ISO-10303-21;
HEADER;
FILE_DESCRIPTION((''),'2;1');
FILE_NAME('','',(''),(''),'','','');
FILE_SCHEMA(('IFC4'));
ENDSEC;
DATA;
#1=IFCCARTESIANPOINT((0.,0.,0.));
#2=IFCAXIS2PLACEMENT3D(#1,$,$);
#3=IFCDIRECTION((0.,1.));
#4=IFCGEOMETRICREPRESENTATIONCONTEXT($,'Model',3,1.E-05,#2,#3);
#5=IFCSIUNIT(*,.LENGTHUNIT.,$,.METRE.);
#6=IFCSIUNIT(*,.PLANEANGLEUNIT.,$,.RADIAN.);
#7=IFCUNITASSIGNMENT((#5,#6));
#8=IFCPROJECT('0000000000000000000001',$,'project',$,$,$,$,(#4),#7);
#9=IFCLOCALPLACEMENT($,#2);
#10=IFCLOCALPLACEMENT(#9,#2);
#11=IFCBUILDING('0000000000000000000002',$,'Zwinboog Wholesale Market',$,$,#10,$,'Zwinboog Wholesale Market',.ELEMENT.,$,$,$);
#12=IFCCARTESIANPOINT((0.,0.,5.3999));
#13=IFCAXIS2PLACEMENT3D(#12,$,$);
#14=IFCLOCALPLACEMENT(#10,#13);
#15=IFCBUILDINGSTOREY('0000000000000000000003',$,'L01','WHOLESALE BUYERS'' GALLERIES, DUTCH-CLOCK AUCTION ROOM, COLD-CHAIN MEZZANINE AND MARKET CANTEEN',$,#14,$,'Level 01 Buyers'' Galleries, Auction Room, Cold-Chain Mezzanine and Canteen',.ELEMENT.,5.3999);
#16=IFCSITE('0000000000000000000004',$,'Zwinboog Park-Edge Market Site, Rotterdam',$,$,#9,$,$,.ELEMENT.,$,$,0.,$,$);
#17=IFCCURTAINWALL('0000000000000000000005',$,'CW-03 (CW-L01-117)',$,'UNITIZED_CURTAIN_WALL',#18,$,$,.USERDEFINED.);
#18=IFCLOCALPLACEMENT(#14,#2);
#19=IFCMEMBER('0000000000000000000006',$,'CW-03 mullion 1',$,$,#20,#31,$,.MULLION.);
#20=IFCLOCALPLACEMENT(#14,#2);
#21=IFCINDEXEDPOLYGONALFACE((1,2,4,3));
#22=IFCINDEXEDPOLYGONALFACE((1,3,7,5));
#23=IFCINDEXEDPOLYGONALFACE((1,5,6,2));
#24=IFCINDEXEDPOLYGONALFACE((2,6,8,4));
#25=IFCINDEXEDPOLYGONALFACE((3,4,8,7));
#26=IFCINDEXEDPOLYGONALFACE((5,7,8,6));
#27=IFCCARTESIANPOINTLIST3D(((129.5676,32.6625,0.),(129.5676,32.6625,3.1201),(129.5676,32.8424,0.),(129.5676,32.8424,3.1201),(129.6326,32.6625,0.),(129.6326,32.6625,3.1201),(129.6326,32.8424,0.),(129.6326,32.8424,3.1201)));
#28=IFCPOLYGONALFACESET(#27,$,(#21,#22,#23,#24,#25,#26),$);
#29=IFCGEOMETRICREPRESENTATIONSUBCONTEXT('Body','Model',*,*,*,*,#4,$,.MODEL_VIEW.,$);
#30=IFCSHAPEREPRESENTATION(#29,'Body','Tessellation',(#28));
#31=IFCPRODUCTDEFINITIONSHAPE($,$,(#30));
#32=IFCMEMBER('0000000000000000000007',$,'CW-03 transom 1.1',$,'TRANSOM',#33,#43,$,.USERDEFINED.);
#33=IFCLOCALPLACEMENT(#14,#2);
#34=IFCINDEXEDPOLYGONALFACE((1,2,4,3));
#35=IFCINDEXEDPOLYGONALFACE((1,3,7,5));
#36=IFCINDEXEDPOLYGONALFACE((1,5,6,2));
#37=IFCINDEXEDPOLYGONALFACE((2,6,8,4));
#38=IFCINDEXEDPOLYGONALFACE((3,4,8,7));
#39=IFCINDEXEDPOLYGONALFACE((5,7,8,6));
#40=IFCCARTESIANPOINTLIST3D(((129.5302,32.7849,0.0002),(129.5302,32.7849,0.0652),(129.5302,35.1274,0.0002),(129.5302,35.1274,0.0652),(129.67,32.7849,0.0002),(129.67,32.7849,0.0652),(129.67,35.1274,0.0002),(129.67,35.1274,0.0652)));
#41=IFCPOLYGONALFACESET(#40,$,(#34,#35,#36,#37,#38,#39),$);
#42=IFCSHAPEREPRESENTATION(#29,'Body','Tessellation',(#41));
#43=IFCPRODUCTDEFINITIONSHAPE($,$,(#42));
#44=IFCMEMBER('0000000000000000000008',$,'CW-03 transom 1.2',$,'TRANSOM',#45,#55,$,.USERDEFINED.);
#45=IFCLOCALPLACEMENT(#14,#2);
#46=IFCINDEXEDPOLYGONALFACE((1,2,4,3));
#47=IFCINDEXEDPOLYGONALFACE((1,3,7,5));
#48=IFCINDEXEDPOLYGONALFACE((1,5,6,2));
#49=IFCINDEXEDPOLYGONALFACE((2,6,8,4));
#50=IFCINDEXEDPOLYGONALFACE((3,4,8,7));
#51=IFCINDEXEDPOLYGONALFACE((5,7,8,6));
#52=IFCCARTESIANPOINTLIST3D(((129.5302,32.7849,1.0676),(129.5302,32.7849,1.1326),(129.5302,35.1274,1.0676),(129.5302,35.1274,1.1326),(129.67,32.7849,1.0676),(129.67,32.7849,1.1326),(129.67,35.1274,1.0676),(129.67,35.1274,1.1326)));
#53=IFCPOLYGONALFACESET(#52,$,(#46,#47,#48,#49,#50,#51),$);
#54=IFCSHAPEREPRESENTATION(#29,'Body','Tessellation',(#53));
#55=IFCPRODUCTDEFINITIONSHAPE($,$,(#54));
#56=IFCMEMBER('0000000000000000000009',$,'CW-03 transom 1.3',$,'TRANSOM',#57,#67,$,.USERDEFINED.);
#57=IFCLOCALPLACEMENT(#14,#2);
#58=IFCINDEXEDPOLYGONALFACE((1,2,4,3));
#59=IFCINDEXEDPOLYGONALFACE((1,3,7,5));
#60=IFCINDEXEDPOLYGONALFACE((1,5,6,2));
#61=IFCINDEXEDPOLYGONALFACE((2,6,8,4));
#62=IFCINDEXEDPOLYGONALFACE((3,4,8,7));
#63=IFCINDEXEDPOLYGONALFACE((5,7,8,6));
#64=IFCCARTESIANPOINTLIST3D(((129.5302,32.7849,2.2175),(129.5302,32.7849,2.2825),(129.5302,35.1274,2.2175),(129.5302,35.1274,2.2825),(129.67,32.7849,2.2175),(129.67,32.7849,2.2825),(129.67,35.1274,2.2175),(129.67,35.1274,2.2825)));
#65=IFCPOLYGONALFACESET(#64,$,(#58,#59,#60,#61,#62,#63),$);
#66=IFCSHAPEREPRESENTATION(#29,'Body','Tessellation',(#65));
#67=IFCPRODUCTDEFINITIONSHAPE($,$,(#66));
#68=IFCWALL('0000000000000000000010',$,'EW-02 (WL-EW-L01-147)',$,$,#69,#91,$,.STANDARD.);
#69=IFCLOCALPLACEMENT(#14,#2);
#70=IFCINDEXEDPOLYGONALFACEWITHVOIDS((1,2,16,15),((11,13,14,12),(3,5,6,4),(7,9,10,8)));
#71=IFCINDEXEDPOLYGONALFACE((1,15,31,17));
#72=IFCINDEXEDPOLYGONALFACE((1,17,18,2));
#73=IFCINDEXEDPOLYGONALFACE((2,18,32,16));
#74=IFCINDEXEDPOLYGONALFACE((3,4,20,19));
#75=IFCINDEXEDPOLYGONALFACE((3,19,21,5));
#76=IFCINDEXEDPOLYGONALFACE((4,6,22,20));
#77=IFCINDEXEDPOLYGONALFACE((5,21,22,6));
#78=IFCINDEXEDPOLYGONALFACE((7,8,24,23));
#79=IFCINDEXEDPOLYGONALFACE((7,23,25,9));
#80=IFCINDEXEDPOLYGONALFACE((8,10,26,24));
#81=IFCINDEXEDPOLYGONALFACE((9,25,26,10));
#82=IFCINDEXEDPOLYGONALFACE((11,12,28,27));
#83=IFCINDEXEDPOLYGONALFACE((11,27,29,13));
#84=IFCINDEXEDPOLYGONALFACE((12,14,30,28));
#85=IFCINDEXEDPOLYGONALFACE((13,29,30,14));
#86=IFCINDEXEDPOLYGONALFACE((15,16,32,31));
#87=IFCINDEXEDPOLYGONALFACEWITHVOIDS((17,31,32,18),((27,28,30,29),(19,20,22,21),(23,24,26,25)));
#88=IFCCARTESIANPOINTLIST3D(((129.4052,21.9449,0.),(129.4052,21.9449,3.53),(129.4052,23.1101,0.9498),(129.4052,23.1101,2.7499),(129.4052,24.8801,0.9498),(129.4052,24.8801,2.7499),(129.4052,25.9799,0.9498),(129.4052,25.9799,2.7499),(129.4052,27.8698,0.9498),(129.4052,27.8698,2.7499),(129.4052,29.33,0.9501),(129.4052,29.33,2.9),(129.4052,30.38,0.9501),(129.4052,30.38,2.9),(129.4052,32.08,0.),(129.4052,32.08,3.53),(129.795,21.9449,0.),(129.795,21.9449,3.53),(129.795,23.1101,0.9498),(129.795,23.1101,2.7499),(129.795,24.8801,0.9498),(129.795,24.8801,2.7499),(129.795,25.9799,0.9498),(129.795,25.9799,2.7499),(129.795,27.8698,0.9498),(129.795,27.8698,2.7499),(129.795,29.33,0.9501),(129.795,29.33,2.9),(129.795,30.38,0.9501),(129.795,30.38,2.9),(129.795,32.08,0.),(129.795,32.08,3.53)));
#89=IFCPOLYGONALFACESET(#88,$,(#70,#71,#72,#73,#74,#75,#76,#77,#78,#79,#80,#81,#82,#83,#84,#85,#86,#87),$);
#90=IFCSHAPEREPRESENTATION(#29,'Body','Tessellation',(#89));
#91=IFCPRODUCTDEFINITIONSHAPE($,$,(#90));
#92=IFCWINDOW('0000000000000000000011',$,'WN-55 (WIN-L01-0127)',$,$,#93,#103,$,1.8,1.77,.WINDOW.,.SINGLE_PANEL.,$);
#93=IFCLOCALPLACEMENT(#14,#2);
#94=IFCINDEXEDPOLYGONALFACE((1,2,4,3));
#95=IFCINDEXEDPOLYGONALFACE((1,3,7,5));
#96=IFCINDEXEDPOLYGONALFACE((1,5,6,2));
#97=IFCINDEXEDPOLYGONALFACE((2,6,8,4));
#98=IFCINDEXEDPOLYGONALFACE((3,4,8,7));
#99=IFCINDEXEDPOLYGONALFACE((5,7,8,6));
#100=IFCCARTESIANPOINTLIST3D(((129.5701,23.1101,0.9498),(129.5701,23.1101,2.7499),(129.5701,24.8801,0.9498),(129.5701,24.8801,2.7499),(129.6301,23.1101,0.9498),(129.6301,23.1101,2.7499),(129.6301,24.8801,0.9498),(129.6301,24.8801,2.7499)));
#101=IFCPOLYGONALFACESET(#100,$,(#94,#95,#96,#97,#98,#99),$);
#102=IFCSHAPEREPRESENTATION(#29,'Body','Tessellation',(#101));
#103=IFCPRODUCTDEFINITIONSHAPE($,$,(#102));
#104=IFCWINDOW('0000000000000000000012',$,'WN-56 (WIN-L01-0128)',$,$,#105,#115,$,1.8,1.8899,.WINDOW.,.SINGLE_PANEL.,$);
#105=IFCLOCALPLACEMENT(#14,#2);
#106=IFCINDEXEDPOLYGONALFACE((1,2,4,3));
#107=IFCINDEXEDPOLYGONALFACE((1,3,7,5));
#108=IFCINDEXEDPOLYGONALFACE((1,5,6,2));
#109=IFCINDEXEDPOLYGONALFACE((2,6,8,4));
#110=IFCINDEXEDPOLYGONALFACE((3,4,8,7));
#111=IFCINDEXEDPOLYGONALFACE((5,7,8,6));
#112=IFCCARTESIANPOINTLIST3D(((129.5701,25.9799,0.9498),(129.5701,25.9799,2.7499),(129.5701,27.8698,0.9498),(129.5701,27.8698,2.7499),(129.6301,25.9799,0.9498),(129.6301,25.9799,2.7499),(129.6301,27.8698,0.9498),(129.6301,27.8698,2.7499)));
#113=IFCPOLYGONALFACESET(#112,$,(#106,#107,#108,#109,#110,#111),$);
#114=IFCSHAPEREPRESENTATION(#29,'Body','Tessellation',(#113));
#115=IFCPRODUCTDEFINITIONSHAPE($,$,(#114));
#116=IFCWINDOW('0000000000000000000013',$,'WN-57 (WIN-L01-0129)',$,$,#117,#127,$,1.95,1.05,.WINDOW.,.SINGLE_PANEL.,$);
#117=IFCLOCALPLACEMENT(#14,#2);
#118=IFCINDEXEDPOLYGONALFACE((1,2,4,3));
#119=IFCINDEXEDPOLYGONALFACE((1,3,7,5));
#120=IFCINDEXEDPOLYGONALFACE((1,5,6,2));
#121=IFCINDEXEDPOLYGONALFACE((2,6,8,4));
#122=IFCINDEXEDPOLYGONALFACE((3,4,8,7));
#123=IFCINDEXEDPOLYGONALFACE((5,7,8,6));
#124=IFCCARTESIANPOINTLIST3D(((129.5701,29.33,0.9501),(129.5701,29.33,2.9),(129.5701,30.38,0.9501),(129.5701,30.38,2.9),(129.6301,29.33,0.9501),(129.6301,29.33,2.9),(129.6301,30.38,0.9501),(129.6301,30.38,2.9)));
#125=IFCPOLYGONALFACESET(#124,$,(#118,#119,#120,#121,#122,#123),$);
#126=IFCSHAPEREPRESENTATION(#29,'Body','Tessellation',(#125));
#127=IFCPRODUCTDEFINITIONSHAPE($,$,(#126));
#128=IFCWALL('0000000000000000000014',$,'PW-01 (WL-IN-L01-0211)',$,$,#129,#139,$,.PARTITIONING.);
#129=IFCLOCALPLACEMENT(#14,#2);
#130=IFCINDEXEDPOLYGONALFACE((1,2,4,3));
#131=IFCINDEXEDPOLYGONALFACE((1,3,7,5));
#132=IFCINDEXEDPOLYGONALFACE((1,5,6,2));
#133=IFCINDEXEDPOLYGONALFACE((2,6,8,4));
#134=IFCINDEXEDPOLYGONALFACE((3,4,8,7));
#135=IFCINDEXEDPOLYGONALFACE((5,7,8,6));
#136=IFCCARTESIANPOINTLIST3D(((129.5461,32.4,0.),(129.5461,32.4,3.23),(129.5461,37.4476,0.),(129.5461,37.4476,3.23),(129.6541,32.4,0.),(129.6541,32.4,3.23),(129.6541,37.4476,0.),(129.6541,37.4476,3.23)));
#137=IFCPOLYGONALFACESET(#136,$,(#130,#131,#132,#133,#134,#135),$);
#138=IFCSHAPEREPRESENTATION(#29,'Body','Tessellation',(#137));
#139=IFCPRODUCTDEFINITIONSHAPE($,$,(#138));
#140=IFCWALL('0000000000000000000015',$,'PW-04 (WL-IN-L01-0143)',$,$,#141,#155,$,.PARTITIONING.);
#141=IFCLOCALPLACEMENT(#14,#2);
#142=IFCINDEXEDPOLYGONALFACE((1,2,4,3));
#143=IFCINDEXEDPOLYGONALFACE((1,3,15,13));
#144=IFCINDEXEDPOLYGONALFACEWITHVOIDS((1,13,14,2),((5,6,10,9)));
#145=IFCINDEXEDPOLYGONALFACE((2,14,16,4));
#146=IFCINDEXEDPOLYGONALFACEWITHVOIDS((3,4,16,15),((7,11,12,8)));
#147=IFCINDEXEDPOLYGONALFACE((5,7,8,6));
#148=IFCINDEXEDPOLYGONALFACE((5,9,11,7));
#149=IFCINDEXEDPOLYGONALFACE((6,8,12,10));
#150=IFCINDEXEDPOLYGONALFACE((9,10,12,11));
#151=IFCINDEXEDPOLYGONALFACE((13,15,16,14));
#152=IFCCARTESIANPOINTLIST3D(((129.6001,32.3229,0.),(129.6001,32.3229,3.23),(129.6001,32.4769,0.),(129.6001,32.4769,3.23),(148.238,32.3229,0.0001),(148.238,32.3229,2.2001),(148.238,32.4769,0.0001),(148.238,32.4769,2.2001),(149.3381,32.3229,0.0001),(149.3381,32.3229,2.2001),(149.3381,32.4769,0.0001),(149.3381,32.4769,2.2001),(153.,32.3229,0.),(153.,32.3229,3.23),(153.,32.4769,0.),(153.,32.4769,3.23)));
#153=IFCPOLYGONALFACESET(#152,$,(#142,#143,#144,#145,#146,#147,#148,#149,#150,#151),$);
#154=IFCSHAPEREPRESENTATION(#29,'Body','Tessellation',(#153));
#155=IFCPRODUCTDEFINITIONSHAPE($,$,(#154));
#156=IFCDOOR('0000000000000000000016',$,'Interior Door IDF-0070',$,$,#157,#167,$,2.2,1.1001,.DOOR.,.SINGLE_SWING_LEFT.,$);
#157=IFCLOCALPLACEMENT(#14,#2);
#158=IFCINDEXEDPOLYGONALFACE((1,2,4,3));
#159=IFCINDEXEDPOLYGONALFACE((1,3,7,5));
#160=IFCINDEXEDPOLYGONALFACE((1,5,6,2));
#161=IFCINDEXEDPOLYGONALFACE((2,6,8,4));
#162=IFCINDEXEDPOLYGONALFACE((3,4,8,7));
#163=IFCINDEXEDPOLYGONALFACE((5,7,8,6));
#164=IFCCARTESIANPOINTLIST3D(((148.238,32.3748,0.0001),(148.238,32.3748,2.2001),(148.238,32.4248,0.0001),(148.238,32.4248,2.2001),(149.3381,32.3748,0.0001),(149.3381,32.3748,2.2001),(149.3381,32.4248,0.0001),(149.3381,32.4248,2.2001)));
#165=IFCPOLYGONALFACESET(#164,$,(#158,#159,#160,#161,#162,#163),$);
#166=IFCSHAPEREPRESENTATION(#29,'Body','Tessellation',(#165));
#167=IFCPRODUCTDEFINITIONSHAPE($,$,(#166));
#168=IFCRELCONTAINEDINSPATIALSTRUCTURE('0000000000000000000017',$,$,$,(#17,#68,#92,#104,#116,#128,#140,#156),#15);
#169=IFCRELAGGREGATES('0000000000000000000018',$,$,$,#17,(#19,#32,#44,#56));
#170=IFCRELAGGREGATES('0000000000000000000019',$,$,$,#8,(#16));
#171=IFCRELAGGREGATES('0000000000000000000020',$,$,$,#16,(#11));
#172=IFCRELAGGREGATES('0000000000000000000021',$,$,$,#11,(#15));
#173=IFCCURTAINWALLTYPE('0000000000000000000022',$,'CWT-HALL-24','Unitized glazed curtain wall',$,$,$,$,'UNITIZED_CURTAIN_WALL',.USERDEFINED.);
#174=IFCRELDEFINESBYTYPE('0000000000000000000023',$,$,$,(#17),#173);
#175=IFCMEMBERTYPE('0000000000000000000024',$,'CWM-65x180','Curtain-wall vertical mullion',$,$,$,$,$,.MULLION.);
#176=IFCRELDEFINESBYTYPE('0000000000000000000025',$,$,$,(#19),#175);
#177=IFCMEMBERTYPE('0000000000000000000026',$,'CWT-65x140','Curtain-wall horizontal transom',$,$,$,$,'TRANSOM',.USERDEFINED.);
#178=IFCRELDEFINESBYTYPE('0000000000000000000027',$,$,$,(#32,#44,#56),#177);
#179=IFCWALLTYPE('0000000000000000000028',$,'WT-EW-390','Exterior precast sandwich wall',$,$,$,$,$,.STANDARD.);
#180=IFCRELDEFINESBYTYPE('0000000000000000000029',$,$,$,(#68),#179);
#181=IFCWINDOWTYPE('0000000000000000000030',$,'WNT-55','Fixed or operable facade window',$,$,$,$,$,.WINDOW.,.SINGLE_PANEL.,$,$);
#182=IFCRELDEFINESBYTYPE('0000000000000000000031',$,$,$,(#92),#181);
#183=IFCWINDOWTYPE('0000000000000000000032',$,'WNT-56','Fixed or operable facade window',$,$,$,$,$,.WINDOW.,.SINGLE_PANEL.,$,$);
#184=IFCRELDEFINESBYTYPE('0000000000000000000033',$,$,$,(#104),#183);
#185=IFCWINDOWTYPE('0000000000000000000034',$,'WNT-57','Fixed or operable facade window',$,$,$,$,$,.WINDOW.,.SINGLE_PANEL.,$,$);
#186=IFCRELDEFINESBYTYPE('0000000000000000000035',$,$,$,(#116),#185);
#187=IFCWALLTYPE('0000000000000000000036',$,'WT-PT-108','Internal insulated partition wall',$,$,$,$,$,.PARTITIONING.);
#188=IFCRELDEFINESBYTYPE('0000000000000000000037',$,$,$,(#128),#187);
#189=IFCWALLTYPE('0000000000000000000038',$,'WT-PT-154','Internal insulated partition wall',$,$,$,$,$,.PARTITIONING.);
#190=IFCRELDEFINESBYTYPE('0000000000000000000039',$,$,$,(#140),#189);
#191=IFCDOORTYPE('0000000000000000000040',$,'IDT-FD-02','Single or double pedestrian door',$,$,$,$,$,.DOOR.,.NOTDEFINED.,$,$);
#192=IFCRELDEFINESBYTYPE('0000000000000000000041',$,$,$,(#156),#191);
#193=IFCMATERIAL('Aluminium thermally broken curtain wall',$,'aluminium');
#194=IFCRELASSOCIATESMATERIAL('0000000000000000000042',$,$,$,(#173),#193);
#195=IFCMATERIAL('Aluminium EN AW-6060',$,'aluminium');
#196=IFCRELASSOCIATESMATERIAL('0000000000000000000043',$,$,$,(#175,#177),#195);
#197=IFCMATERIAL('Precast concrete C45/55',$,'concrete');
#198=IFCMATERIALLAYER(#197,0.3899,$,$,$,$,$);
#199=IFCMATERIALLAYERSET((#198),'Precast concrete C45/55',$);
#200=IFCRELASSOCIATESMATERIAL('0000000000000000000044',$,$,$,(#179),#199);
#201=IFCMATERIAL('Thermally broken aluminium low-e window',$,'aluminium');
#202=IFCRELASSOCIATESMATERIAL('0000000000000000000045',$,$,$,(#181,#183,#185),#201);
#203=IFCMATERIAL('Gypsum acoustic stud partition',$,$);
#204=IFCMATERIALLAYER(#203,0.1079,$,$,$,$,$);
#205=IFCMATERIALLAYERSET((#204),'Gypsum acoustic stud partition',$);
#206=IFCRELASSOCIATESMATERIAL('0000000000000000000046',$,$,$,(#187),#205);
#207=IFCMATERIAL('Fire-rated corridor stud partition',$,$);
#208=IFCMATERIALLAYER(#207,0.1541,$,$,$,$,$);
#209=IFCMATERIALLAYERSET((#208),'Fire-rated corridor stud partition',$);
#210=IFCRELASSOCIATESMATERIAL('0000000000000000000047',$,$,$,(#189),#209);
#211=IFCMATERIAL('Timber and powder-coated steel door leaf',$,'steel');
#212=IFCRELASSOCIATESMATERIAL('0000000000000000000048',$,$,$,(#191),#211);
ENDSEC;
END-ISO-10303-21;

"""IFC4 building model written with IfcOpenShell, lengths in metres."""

from ifc_helpers import new_model, si_unit, direction, frame, frame_2d, origin, origin_2d, place, context, subcontext, project, spatial, rectangle, extrude, material, layer, layer_set, material_profile, profile_set, type_object, element, fill, aggregate, save


model = new_model("IFC4")

# Units and contexts
model_context = context("Model", 3, precision=1e-05, world=origin(), true_north=direction((0.0, 1.0)))
body_context = subcontext(model_context, "Body", "Model", "MODEL_VIEW")
ifc_project = project(units=[si_unit("LENGTHUNIT", "METRE"), si_unit("PLANEANGLEUNIT", "RADIAN")], contexts=[model_context])

# Site, building, storey
site_placement = place(None, origin())
site = spatial("IfcSite", under=ifc_project, at=site_placement, Name="Zwinboog Park-Edge Market Site, Rotterdam", CompositionType="ELEMENT", RefElevation=0.0)
building_placement = place(site_placement, origin())
building = spatial("IfcBuilding", under=site, at=building_placement, Name="Zwinboog Wholesale Market", LongName="Zwinboog Wholesale Market", CompositionType="ELEMENT")
storey_placement = place(building_placement, frame((0.0, 0.0, 5.3999)))
storey = spatial("IfcBuildingStorey", under=building, at=storey_placement, Name="L01", Description="WHOLESALE BUYERS' GALLERIES, DUTCH-CLOCK AUCTION ROOM, COLD-CHAIN MEZZANINE AND MARKET CANTEEN", LongName="Level 01 Buyers' Galleries, Auction Room, Cold-Chain Mezzanine and Canteen", CompositionType="ELEMENT", Elevation=5.3999)

# Shared definitions
ifc_material_1 = material(Name="Precast concrete C45/55", Category="concrete")

# Curtain wall, members
ifc_material_2 = material(Name="Aluminium thermally broken curtain wall", Category="aluminium")
curtain_wall_type = type_object("IfcCurtainWallType", Name="CWT-HALL-24", Description="Unitized glazed curtain wall", ElementType="UNITIZED_CURTAIN_WALL", PredefinedType="USERDEFINED", material=ifc_material_2)
curtain_wall_placement = place(storey_placement, origin())
curtain_wall = element("IfcCurtainWall", 1, at=curtain_wall_placement, inside=storey, type_object=curtain_wall_type, Name="CW-03 (CW-L01-117)", ObjectType="UNITIZED_CURTAIN_WALL", PredefinedType="USERDEFINED")
ifc_material_3 = material(Name="Aluminium EN AW-6060", Category="aluminium")
ifc_material_profile_1 = material_profile(ifc_material_3, rectangle(XDim=0.0649, YDim=0.1799, at=origin_2d()), Name="AL 65x180")
ifc_profile_set_1 = profile_set([ifc_material_profile_1], Name="Aluminium EN AW-6060")
member_type_1 = type_object("IfcMemberType", Name="CWM-65x180", Description="Curtain-wall vertical mullion", PredefinedType="MULLION", material=ifc_profile_set_1)
member_1_placement = place(storey_placement, frame((129.6001, 32.7524, 0.0), z_axis=(0.0, 0.0, 1.0), x_axis=(-1.0, 0.0, 0.0)))
member_1 = element("IfcMember", 2, at=member_1_placement, type_object=member_type_1, Name="CW-03 mullion 1", PredefinedType="MULLION", context=body_context, shape_type="SweptSolid", body=[
    extrude(rectangle(XDim=0.0649, YDim=0.1799, at=origin_2d()), origin(), (0.0, 0.0, 1.0), 3.1201),
])
ifc_material_profile_2 = material_profile(ifc_material_3, rectangle(XDim=0.1399, YDim=0.0649, at=origin_2d()), Name="AL 65x140")
ifc_profile_set_2 = profile_set([ifc_material_profile_2], Name="Aluminium EN AW-6060")
member_type_2 = type_object("IfcMemberType", Name="CWT-65x140", Description="Curtain-wall horizontal transom", ElementType="TRANSOM", PredefinedType="USERDEFINED", material=ifc_profile_set_2)
member_2_placement = place(storey_placement, frame((129.6001, 32.7849, 0.0327), z_axis=(0.0, 1.0, 0.0), x_axis=(-1.0, 0.0, 0.0)))
member_2 = element("IfcMember", 3, at=member_2_placement, type_object=member_type_2, Name="CW-03 transom 1.1", ObjectType="TRANSOM", PredefinedType="USERDEFINED", context=body_context, shape_type="SweptSolid", body=[
    extrude(rectangle(XDim=0.1399, YDim=0.0649, at=origin_2d()), origin(), (0.0, 0.0, 1.0), 2.3425),
])
member_3_placement = place(storey_placement, frame((129.6001, 32.7849, 1.1001), z_axis=(0.0, 1.0, 0.0), x_axis=(-1.0, 0.0, 0.0)))
member_3 = element("IfcMember", 4, at=member_3_placement, type_object=member_type_2, Name="CW-03 transom 1.2", ObjectType="TRANSOM", PredefinedType="USERDEFINED", context=body_context, shape_type="SweptSolid", body=[
    extrude(rectangle(XDim=0.1399, YDim=0.0649, at=origin_2d()), origin(), (0.0, 0.0, 1.0), 2.3425),
])
member_4_placement = place(storey_placement, frame((129.6001, 32.7849, 2.25), z_axis=(0.0, 1.0, 0.0), x_axis=(-1.0, 0.0, 0.0)))
member_4 = element("IfcMember", 5, at=member_4_placement, type_object=member_type_2, Name="CW-03 transom 1.3", ObjectType="TRANSOM", PredefinedType="USERDEFINED", context=body_context, shape_type="SweptSolid", body=[
    extrude(rectangle(XDim=0.1399, YDim=0.0649, at=origin_2d()), origin(), (0.0, 0.0, 1.0), 2.3425),
])
aggregate(curtain_wall, [member_1, member_2, member_3, member_4])

# Wall, openings, windows
ifc_layer_1 = layer(ifc_material_1, 0.3899)
ifc_layer_set_1 = layer_set([ifc_layer_1], Name="Precast concrete C45/55")
wall_type_1 = type_object("IfcWallType", Name="WT-EW-390", Description="Exterior precast sandwich wall", PredefinedType="STANDARD", material=ifc_layer_set_1)
wall_1_placement = place(storey_placement, frame((129.6001, 21.9451, 0.0), z_axis=(0.0, 0.0, 1.0), x_axis=(0.0, 1.0, 0.0)))
wall_1 = element("IfcWall", 6, at=wall_1_placement, inside=storey, type_object=wall_type_1, Name="EW-02 (WL-EW-L01-147)", PredefinedType="STANDARD", context=body_context, shape_type="SweptSolid", body=[
    extrude(rectangle(XDim=10.135, YDim=0.3899, at=frame_2d((5.0674, 0.0))), origin(), (0.0, 0.0, 1.0), 3.53),
])
opening_1_placement = place(wall_1_placement, frame((1.165, 0.0, 0.95)))
opening_1 = element("IfcOpeningElement", 7, at=opening_1_placement, cuts=wall_1, PredefinedType="OPENING", context=body_context, shape_type="SweptSolid", body=[
    extrude(rectangle(XDim=1.77, YDim=1.8, at=frame_2d((0.885, 0.8999))), frame((0.0, 0.2048, 0.0), z_axis=(0.0, -1.0, 0.0), x_axis=(1.0, 0.0, 0.0)), (0.0, 0.0, 1.0), 0.4099),
])
opening_2_placement = place(wall_1_placement, frame((4.0349, 0.0, 0.95)))
opening_2 = element("IfcOpeningElement", 8, at=opening_2_placement, cuts=wall_1, PredefinedType="OPENING", context=body_context, shape_type="SweptSolid", body=[
    extrude(rectangle(XDim=1.8899, YDim=1.8, at=frame_2d((0.9448, 0.8999))), frame((0.0, 0.2048, 0.0), z_axis=(0.0, -1.0, 0.0), x_axis=(1.0, 0.0, 0.0)), (0.0, 0.0, 1.0), 0.4099),
])
opening_3_placement = place(wall_1_placement, frame((7.385, 0.0, 0.95)))
opening_3 = element("IfcOpeningElement", 9, at=opening_3_placement, cuts=wall_1, PredefinedType="OPENING", context=body_context, shape_type="SweptSolid", body=[
    extrude(rectangle(XDim=1.05, YDim=1.95, at=frame_2d((0.5249, 0.9751))), frame((0.0, 0.2048, 0.0), z_axis=(0.0, -1.0, 0.0), x_axis=(1.0, 0.0, 0.0)), (0.0, 0.0, 1.0), 0.4099),
])
ifc_material_4 = material(Name="Thermally broken aluminium low-e window", Category="aluminium")
window_type_1 = type_object("IfcWindowType", Name="WNT-55", Description="Fixed or operable facade window", PartitioningType="SINGLE_PANEL", PredefinedType="WINDOW", material=ifc_material_4)
window_1_placement = place(opening_1_placement, origin())
window_1 = element("IfcWindow", 10, at=window_1_placement, inside=storey, type_object=window_type_1, Name="WN-55 (WIN-L01-0127)", OverallHeight=1.8, OverallWidth=1.77, PartitioningType="SINGLE_PANEL", PredefinedType="WINDOW", context=body_context, shape_type="SweptSolid", body=[
    extrude(rectangle(XDim=1.77, YDim=1.8, at=frame_2d((0.885, 0.8999))), frame((0.0, 0.03, 0.0), z_axis=(0.0, -1.0, 0.0), x_axis=(1.0, 0.0, 0.0)), (0.0, 0.0, 1.0), 0.0601),
])
fill(opening_1, window_1)
window_type_2 = type_object("IfcWindowType", Name="WNT-56", Description="Fixed or operable facade window", PartitioningType="SINGLE_PANEL", PredefinedType="WINDOW", material=ifc_material_4)
window_2_placement = place(opening_2_placement, origin())
window_2 = element("IfcWindow", 11, at=window_2_placement, inside=storey, type_object=window_type_2, Name="WN-56 (WIN-L01-0128)", OverallHeight=1.8, OverallWidth=1.8899, PartitioningType="SINGLE_PANEL", PredefinedType="WINDOW", context=body_context, shape_type="SweptSolid", body=[
    extrude(rectangle(XDim=1.8899, YDim=1.8, at=frame_2d((0.9448, 0.8999))), frame((0.0, 0.03, 0.0), z_axis=(0.0, -1.0, 0.0), x_axis=(1.0, 0.0, 0.0)), (0.0, 0.0, 1.0), 0.0601),
])
fill(opening_2, window_2)
window_type_3 = type_object("IfcWindowType", Name="WNT-57", Description="Fixed or operable facade window", PartitioningType="SINGLE_PANEL", PredefinedType="WINDOW", material=ifc_material_4)
window_3_placement = place(opening_3_placement, origin())
window_3 = element("IfcWindow", 12, at=window_3_placement, inside=storey, type_object=window_type_3, Name="WN-57 (WIN-L01-0129)", OverallHeight=1.95, OverallWidth=1.05, PartitioningType="SINGLE_PANEL", PredefinedType="WINDOW", context=body_context, shape_type="SweptSolid", body=[
    extrude(rectangle(XDim=1.05, YDim=1.95, at=frame_2d((0.5249, 0.9751))), frame((0.0, 0.03, 0.0), z_axis=(0.0, -1.0, 0.0), x_axis=(1.0, 0.0, 0.0)), (0.0, 0.0, 1.0), 0.0601),
])
fill(opening_3, window_3)

# Wall
ifc_material_5 = material(Name="Gypsum acoustic stud partition")
ifc_layer_2 = layer(ifc_material_5, 0.1079)
ifc_layer_set_2 = layer_set([ifc_layer_2], Name="Gypsum acoustic stud partition")
wall_type_2 = type_object("IfcWallType", Name="WT-PT-108", Description="Internal insulated partition wall", PredefinedType="PARTITIONING", material=ifc_layer_set_2)
wall_2_placement = place(storey_placement, frame((129.6001, 32.3999, 0.0), z_axis=(0.0, 0.0, 1.0), x_axis=(0.0, 1.0, 0.0)))
element("IfcWall", 13, at=wall_2_placement, inside=storey, type_object=wall_type_2, Name="PW-01 (WL-IN-L01-0211)", PredefinedType="PARTITIONING", context=body_context, shape_type="SweptSolid", body=[
    extrude(rectangle(XDim=5.0476, YDim=0.1079, at=frame_2d((2.5239, 0.0))), origin(), (0.0, 0.0, 1.0), 3.23),
])

# Wall, opening, door
ifc_material_6 = material(Name="Fire-rated corridor stud partition")
ifc_layer_3 = layer(ifc_material_6, 0.1541)
ifc_layer_set_3 = layer_set([ifc_layer_3], Name="Fire-rated corridor stud partition")
wall_type_3 = type_object("IfcWallType", Name="WT-PT-154", Description="Internal insulated partition wall", PredefinedType="PARTITIONING", material=ifc_layer_set_3)
wall_3_placement = place(storey_placement, frame((129.6001, 32.3999, 0.0), z_axis=(0.0, 0.0, 1.0), x_axis=(1.0, 0.0, 0.0)))
wall_3 = element("IfcWall", 14, at=wall_3_placement, inside=storey, type_object=wall_type_3, Name="PW-04 (WL-IN-L01-0143)", PredefinedType="PARTITIONING", context=body_context, shape_type="SweptSolid", body=[
    extrude(rectangle(XDim=23.3999, YDim=0.1541, at=frame_2d((11.7, 0.0))), origin(), (0.0, 0.0, 1.0), 3.23),
])
opening_4_placement = place(wall_3_placement, frame((18.6379, 0.0, 0.0)))
opening_4 = element("IfcOpeningElement", 15, at=opening_4_placement, cuts=wall_3, PredefinedType="OPENING", context=body_context, shape_type="SweptSolid", body=[
    extrude(rectangle(XDim=1.1001, YDim=2.2, at=frame_2d((0.55, 1.1001))), frame((0.0, 0.0869, 0.0), z_axis=(0.0, -1.0, 0.0), x_axis=(1.0, 0.0, 0.0)), (0.0, 0.0, 1.0), 0.1741),
])
ifc_material_7 = material(Name="Timber and powder-coated steel door leaf", Category="steel")
door_type_1 = type_object("IfcDoorType", Name="IDT-FD-02", Description="Single or double pedestrian door", OperationType="NOTDEFINED", PredefinedType="DOOR", material=ifc_material_7)
door_1_placement = place(opening_4_placement, origin())
door_1 = element("IfcDoor", 16, at=door_1_placement, inside=storey, type_object=door_type_1, Name="Interior Door IDF-0070", OperationType="SINGLE_SWING_LEFT", OverallHeight=2.2, OverallWidth=1.1001, PredefinedType="DOOR", context=body_context, shape_type="SweptSolid", body=[
    extrude(rectangle(XDim=1.1001, YDim=2.2, at=frame_2d((0.55, 1.1001))), frame((0.0, 0.0249, 0.0), z_axis=(0.0, -1.0, 0.0), x_axis=(1.0, 0.0, 0.0)), (0.0, 0.0, 1.0), 0.05),
])
fill(opening_4, door_1)

save(model, "model.ifc")
